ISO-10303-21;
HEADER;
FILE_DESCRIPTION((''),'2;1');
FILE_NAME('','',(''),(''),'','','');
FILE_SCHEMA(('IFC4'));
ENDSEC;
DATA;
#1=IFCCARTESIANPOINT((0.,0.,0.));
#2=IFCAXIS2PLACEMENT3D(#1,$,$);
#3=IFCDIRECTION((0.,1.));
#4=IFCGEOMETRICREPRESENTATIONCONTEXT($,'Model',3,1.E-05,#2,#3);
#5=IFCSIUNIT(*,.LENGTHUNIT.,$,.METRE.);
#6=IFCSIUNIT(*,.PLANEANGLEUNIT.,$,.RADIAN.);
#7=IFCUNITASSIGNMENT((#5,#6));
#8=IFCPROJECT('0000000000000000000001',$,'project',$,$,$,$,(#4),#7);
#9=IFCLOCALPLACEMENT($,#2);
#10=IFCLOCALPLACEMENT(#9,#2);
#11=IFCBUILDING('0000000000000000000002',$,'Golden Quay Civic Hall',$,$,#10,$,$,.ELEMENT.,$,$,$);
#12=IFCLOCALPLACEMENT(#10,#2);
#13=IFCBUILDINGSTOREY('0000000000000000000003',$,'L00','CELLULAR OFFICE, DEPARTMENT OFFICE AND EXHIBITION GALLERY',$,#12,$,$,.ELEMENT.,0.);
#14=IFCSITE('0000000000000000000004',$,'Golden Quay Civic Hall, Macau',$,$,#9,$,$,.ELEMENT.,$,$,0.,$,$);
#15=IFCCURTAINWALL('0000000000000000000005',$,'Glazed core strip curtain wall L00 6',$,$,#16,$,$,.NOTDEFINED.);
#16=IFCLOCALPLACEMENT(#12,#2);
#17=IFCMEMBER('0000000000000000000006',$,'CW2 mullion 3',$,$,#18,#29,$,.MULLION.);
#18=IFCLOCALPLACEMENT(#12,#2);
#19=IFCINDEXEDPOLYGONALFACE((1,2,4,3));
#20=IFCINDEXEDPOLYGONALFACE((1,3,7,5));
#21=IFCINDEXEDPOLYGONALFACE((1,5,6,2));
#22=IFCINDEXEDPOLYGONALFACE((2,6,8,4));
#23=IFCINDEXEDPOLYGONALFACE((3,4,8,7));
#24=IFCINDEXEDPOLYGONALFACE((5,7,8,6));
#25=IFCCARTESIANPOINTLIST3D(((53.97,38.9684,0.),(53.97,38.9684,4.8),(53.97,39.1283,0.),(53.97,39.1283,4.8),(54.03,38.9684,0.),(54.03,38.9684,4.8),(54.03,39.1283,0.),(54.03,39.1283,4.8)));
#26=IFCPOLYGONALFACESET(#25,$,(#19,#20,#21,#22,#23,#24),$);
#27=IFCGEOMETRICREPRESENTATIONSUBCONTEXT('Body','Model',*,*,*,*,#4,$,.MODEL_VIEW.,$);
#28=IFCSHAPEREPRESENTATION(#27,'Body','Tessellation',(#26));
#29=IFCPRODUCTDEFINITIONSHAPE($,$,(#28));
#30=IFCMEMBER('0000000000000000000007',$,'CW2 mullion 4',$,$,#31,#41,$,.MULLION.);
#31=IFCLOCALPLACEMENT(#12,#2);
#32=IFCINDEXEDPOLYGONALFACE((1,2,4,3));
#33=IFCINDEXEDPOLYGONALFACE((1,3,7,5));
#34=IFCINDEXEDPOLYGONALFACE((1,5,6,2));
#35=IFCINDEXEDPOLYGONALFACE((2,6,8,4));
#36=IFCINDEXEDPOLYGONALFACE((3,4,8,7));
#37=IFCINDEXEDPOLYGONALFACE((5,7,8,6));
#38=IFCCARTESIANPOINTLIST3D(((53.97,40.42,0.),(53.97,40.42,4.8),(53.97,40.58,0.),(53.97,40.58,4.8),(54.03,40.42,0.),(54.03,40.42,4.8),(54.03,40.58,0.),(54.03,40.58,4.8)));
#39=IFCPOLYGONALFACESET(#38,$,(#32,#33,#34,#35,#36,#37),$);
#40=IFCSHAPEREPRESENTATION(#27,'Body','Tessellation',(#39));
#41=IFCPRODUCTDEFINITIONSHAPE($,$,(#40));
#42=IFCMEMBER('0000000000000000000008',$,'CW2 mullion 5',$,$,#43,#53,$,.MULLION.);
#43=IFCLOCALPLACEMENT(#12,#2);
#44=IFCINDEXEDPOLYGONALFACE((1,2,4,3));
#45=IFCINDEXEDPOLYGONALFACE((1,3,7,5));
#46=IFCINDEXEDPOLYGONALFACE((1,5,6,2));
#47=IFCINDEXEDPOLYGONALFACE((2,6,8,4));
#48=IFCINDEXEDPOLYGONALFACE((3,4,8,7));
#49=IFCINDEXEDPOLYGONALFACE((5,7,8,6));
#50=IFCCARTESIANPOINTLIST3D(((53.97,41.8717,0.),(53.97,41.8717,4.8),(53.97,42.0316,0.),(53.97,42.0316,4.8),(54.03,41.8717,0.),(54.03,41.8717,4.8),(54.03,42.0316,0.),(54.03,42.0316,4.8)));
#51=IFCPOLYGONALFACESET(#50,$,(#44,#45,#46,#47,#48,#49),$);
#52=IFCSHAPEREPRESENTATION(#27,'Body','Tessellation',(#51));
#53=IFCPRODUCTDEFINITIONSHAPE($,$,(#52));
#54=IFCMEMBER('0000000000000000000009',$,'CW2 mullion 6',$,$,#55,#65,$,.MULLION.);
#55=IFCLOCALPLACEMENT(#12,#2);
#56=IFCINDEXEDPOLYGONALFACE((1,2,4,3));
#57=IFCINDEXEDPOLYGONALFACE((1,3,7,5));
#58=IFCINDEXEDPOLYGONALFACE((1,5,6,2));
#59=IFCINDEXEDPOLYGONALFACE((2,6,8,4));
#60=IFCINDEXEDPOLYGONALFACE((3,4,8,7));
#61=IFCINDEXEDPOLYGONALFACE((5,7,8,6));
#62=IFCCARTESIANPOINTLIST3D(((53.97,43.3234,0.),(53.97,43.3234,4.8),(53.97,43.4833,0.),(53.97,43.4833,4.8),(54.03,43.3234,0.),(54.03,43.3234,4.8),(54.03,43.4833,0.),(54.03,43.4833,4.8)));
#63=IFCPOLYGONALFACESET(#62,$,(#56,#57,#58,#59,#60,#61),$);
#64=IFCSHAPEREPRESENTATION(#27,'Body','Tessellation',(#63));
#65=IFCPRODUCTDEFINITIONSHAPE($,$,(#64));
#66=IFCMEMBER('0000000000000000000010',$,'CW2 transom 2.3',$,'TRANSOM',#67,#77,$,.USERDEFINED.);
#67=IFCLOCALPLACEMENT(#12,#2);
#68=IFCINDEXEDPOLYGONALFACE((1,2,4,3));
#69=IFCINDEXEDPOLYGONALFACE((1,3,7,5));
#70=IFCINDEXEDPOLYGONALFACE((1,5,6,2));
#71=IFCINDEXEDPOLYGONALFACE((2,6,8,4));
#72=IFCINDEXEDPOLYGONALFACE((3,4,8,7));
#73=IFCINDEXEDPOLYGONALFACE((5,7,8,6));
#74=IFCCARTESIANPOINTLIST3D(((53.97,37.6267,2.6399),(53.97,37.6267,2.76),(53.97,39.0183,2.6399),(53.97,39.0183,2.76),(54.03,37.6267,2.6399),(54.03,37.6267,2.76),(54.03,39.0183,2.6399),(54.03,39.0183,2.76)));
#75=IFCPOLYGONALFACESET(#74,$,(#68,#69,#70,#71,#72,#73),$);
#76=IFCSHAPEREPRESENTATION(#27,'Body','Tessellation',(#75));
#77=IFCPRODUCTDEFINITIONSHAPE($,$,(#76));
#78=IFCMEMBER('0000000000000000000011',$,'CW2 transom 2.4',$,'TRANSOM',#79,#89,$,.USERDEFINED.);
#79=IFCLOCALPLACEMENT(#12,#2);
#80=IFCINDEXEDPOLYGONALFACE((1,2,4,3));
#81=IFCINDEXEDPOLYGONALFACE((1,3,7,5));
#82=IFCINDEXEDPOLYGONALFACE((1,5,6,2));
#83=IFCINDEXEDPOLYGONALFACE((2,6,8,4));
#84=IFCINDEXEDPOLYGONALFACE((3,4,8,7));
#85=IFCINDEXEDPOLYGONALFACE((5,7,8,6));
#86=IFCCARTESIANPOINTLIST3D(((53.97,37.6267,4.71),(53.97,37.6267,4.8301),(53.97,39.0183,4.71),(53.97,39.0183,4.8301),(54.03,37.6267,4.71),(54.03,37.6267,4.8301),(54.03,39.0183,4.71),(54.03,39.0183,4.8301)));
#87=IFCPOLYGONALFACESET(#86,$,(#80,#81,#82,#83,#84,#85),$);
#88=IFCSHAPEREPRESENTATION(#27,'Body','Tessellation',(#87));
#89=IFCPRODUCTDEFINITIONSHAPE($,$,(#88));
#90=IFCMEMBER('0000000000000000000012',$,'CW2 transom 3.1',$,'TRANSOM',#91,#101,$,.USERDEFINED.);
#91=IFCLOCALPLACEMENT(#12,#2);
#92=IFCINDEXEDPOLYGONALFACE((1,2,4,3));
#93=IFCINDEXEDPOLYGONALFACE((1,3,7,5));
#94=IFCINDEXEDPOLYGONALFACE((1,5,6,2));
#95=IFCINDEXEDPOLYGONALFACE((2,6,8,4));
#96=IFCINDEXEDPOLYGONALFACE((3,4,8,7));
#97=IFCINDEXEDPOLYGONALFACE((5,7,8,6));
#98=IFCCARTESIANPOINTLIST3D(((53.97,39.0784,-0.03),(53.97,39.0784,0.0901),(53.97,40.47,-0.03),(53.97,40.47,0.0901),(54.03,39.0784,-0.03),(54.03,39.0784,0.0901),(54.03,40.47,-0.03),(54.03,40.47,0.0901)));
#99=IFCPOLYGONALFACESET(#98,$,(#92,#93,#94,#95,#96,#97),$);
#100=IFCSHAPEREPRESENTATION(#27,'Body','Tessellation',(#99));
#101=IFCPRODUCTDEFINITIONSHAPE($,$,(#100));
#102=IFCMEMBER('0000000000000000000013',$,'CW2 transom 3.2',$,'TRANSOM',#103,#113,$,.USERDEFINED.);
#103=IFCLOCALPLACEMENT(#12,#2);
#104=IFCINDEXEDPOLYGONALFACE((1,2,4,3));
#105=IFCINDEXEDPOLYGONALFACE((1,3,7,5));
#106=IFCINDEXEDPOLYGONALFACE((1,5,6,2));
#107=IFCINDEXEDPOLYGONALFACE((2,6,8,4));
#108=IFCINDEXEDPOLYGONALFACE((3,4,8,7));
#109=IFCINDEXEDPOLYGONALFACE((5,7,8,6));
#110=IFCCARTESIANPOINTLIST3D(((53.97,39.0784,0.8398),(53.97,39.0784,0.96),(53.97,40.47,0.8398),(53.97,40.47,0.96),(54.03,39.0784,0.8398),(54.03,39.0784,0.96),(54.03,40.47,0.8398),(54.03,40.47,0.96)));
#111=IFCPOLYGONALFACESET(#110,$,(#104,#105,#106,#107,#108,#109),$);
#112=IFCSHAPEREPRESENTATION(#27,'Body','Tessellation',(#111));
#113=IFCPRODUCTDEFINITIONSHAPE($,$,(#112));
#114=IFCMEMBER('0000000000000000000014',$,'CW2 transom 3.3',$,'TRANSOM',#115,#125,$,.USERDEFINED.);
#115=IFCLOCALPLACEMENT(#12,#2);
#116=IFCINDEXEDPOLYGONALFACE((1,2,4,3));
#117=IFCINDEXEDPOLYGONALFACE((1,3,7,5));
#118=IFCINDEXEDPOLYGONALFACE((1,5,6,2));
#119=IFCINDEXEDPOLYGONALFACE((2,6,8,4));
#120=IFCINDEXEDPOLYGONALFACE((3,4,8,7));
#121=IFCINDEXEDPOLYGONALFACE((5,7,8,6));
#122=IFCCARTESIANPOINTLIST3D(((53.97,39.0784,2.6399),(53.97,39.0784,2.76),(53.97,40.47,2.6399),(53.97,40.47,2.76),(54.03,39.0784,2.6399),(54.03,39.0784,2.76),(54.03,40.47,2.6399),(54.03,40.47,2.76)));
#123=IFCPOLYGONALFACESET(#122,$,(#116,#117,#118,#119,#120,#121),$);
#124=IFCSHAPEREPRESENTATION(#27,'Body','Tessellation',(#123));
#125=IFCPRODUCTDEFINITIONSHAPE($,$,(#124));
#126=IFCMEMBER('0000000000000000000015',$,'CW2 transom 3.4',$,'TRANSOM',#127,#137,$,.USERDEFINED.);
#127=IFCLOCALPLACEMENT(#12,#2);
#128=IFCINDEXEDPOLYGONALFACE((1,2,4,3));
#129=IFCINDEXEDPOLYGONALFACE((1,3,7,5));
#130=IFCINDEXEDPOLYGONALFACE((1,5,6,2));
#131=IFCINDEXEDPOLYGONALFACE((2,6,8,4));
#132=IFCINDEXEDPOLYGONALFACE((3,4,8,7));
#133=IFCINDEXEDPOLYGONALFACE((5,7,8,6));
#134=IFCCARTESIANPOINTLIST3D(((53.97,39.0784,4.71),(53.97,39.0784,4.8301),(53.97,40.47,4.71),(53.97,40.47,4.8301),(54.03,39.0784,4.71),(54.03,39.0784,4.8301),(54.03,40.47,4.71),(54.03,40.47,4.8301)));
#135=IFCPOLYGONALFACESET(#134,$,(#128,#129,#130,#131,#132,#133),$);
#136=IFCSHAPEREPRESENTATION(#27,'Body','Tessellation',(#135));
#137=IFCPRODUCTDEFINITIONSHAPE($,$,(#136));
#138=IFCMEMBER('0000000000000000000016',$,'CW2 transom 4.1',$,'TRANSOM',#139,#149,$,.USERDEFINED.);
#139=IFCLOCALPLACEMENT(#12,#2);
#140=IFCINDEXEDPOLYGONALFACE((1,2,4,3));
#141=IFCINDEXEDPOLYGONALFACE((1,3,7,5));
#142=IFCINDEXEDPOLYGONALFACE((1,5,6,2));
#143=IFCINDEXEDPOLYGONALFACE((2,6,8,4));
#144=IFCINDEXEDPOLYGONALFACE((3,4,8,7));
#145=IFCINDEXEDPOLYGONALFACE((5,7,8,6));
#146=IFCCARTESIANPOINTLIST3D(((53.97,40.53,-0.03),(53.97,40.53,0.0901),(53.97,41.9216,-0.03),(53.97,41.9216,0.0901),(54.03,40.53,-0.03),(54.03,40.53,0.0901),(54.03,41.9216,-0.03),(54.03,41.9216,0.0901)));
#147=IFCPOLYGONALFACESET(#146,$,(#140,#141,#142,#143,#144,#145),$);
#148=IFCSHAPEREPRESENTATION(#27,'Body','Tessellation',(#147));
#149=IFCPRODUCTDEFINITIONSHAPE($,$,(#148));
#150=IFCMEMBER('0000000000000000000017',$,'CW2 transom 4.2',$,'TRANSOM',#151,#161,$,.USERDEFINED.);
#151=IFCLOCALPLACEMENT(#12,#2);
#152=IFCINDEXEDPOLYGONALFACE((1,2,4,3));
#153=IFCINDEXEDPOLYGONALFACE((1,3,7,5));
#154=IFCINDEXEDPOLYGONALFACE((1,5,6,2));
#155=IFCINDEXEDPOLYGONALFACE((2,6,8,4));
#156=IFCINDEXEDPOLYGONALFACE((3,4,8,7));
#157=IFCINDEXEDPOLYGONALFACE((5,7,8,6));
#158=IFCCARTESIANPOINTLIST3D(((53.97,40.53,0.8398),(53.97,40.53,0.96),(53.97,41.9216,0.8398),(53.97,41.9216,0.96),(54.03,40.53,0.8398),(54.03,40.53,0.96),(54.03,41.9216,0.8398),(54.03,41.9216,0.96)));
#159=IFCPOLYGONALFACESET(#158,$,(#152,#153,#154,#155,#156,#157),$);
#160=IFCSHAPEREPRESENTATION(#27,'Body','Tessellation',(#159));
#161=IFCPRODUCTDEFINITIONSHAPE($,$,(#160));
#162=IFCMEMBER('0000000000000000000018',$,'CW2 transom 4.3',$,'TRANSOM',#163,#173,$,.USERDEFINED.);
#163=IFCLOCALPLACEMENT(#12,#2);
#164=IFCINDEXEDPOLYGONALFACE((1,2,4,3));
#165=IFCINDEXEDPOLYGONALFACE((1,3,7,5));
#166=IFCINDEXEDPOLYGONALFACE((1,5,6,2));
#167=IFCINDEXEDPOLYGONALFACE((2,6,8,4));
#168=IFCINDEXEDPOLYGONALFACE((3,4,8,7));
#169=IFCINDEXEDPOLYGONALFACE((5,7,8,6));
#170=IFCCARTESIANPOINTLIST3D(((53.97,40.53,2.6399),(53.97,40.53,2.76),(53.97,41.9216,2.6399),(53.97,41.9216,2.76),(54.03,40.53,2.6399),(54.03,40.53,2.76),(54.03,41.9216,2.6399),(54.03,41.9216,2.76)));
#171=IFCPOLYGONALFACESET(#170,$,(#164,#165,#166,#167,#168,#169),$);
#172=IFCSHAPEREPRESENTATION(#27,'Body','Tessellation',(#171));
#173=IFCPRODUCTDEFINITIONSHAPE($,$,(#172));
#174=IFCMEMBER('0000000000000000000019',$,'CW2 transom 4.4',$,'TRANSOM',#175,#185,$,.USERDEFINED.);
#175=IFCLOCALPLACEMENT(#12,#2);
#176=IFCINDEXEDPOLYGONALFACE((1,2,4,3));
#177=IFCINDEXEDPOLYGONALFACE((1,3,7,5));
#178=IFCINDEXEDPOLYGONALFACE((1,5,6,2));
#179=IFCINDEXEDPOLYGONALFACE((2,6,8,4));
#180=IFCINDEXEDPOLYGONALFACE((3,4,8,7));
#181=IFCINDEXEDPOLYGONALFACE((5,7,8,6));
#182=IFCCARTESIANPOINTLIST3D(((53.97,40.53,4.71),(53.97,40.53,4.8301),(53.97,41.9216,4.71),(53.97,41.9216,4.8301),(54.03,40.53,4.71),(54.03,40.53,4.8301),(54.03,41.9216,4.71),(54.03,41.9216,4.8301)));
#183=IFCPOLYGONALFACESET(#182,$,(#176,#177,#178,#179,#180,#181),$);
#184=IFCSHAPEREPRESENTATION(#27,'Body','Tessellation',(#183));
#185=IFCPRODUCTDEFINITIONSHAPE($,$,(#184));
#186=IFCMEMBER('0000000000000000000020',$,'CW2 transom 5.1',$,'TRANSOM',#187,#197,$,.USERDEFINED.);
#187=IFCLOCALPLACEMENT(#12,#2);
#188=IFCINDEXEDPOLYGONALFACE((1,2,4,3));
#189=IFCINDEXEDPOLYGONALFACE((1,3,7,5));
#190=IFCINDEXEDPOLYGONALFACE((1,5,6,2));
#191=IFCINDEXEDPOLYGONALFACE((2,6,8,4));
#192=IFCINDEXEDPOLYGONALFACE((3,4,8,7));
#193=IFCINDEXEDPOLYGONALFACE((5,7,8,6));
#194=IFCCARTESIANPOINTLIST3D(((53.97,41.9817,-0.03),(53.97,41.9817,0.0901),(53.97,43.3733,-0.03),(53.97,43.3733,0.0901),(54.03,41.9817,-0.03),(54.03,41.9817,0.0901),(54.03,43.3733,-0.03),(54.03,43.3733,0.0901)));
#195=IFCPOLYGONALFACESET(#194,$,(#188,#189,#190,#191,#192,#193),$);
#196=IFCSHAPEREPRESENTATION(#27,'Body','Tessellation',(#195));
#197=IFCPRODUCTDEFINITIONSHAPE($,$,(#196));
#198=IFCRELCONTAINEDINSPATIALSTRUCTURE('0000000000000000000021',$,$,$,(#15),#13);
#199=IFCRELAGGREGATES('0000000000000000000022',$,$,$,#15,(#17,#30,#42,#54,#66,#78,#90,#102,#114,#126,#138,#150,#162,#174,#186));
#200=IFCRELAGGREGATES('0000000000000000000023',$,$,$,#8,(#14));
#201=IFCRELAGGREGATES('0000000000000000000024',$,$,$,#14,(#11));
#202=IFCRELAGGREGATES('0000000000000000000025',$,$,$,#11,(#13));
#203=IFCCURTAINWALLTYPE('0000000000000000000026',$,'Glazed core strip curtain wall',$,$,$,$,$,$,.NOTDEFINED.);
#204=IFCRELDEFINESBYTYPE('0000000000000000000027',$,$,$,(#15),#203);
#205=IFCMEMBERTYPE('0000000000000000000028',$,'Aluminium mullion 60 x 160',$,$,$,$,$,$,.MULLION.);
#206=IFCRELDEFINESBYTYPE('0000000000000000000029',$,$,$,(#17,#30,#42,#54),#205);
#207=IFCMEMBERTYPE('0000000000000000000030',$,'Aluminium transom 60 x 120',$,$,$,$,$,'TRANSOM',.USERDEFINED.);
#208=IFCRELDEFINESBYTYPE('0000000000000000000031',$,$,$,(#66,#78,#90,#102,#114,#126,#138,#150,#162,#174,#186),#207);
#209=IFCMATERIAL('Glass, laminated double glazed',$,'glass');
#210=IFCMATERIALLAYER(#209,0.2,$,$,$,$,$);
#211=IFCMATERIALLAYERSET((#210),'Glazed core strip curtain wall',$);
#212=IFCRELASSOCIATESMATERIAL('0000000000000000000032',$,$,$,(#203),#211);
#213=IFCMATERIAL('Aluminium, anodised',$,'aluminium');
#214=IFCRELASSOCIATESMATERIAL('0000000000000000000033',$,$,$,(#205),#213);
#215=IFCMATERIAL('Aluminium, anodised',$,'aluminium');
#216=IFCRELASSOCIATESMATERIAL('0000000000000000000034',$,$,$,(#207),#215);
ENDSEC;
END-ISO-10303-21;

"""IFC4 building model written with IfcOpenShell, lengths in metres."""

from ifc_helpers import new_model, si_unit, direction, frame, origin, origin_2d, place, context, subcontext, project, spatial, rectangle, extrude, material, layer, layer_set, material_profile, profile_set, type_object, element, aggregate, save


model = new_model("IFC4")

# Units and contexts
model_context = context("Model", 3, precision=1e-05, world=origin(), true_north=direction((0.0, 1.0)))
body_context = subcontext(model_context, "Body", "Model", "MODEL_VIEW")
ifc_project = project(units=[si_unit("LENGTHUNIT", "METRE"), si_unit("PLANEANGLEUNIT", "RADIAN")], contexts=[model_context])

# Site, building, storey
site_placement = place(None, origin())
site = spatial("IfcSite", under=ifc_project, at=site_placement, Name="Golden Quay Civic Hall, Macau", CompositionType="ELEMENT", RefElevation=0.0)
building_placement = place(site_placement, origin())
building = spatial("IfcBuilding", under=site, at=building_placement, Name="Golden Quay Civic Hall", CompositionType="ELEMENT")
storey_placement = place(building_placement, origin())
storey = spatial("IfcBuildingStorey", under=building, at=storey_placement, Name="L00", Description="CELLULAR OFFICE, DEPARTMENT OFFICE AND EXHIBITION GALLERY", CompositionType="ELEMENT", Elevation=0.0)

# Curtain wall, members
ifc_material_1 = material(Name="Glass, laminated double glazed", Category="glass")
ifc_layer_1 = layer(ifc_material_1, 0.2)
ifc_layer_set_1 = layer_set([ifc_layer_1], Name="Glazed core strip curtain wall")
curtain_wall_type = type_object("IfcCurtainWallType", Name="Glazed core strip curtain wall", PredefinedType="NOTDEFINED", material=ifc_layer_set_1)
curtain_wall_placement = place(storey_placement, origin())
curtain_wall = element("IfcCurtainWall", 1, at=curtain_wall_placement, inside=storey, type_object=curtain_wall_type, Name="Glazed core strip curtain wall L00 6", PredefinedType="NOTDEFINED")
ifc_material_2 = material(Name="Aluminium, anodised", Category="aluminium")
ifc_material_profile_1 = material_profile(ifc_material_2, rectangle(XDim=0.0601, YDim=0.1599, at=origin_2d()), Name="Aluminium 60 x 160")
ifc_profile_set_1 = profile_set([ifc_material_profile_1], Name="Aluminium, anodised")
member_type_1 = type_object("IfcMemberType", Name="Aluminium mullion 60 x 160", PredefinedType="MULLION", material=ifc_profile_set_1)
member_1_placement = place(storey_placement, frame((54.0, 39.0483, 0.0), z_axis=(0.0, 0.0, 1.0), x_axis=(-1.0, 0.0, 0.0)))
member_1 = element("IfcMember", 2, at=member_1_placement, type_object=member_type_1, Name="CW2 mullion 3", PredefinedType="MULLION", context=body_context, shape_type="SweptSolid", body=[
    extrude(rectangle(XDim=0.0601, YDim=0.1599, at=origin_2d()), origin(), (0.0, 0.0, 1.0), 4.8),
])
member_2_placement = place(storey_placement, frame((54.0, 40.5, 0.0), z_axis=(0.0, 0.0, 1.0), x_axis=(-1.0, 0.0, 0.0)))
member_2 = element("IfcMember", 3, at=member_2_placement, type_object=member_type_1, Name="CW2 mullion 4", PredefinedType="MULLION", context=body_context, shape_type="SweptSolid", body=[
    extrude(rectangle(XDim=0.0601, YDim=0.1599, at=origin_2d()), origin(), (0.0, 0.0, 1.0), 4.8),
])
member_3_placement = place(storey_placement, frame((54.0, 41.9517, 0.0), z_axis=(0.0, 0.0, 1.0), x_axis=(-1.0, 0.0, 0.0)))
member_3 = element("IfcMember", 4, at=member_3_placement, type_object=member_type_1, Name="CW2 mullion 5", PredefinedType="MULLION", context=body_context, shape_type="SweptSolid", body=[
    extrude(rectangle(XDim=0.0601, YDim=0.1599, at=origin_2d()), origin(), (0.0, 0.0, 1.0), 4.8),
])
member_4_placement = place(storey_placement, frame((54.0, 43.4033, 0.0), z_axis=(0.0, 0.0, 1.0), x_axis=(-1.0, 0.0, 0.0)))
member_4 = element("IfcMember", 5, at=member_4_placement, type_object=member_type_1, Name="CW2 mullion 6", PredefinedType="MULLION", context=body_context, shape_type="SweptSolid", body=[
    extrude(rectangle(XDim=0.0601, YDim=0.1599, at=origin_2d()), origin(), (0.0, 0.0, 1.0), 4.8),
])
ifc_material_3 = material(Name="Aluminium, anodised", Category="aluminium")
ifc_material_profile_2 = material_profile(ifc_material_3, rectangle(XDim=0.0601, YDim=0.1201, at=origin_2d()), Name="Aluminium 60 x 120")
ifc_profile_set_2 = profile_set([ifc_material_profile_2], Name="Aluminium, anodised")
member_type_2 = type_object("IfcMemberType", Name="Aluminium transom 60 x 120", ElementType="TRANSOM", PredefinedType="USERDEFINED", material=ifc_profile_set_2)
member_5_placement = place(storey_placement, frame((54.0, 37.6267, 2.7), z_axis=(0.0, 1.0, 0.0), x_axis=(-1.0, 0.0, 0.0)))
member_5 = element("IfcMember", 6, at=member_5_placement, type_object=member_type_2, Name="CW2 transom 2.3", ObjectType="TRANSOM", PredefinedType="USERDEFINED", context=body_context, shape_type="SweptSolid", body=[
    extrude(rectangle(XDim=0.0601, YDim=0.1201, at=origin_2d()), origin(), (0.0, 0.0, 1.0), 1.3916),
])
member_6_placement = place(storey_placement, frame((54.0, 37.6267, 4.77), z_axis=(0.0, 1.0, 0.0), x_axis=(-1.0, 0.0, 0.0)))
member_6 = element("IfcMember", 7, at=member_6_placement, type_object=member_type_2, Name="CW2 transom 2.4", ObjectType="TRANSOM", PredefinedType="USERDEFINED", context=body_context, shape_type="SweptSolid", body=[
    extrude(rectangle(XDim=0.0601, YDim=0.1201, at=origin_2d()), origin(), (0.0, 0.0, 1.0), 1.3916),
])
member_7_placement = place(storey_placement, frame((54.0, 39.0784, 0.03), z_axis=(0.0, 1.0, 0.0), x_axis=(-1.0, 0.0, 0.0)))
member_7 = element("IfcMember", 8, at=member_7_placement, type_object=member_type_2, Name="CW2 transom 3.1", ObjectType="TRANSOM", PredefinedType="USERDEFINED", context=body_context, shape_type="SweptSolid", body=[
    extrude(rectangle(XDim=0.0601, YDim=0.1201, at=origin_2d()), origin(), (0.0, 0.0, 1.0), 1.3916),
])
member_8_placement = place(storey_placement, frame((54.0, 39.0784, 0.8999), z_axis=(0.0, 1.0, 0.0), x_axis=(-1.0, 0.0, 0.0)))
member_8 = element("IfcMember", 9, at=member_8_placement, type_object=member_type_2, Name="CW2 transom 3.2", ObjectType="TRANSOM", PredefinedType="USERDEFINED", context=body_context, shape_type="SweptSolid", body=[
    extrude(rectangle(XDim=0.0601, YDim=0.1201, at=origin_2d()), origin(), (0.0, 0.0, 1.0), 1.3916),
])
member_9_placement = place(storey_placement, frame((54.0, 39.0784, 2.7), z_axis=(0.0, 1.0, 0.0), x_axis=(-1.0, 0.0, 0.0)))
member_9 = element("IfcMember", 10, at=member_9_placement, type_object=member_type_2, Name="CW2 transom 3.3", ObjectType="TRANSOM", PredefinedType="USERDEFINED", context=body_context, shape_type="SweptSolid", body=[
    extrude(rectangle(XDim=0.0601, YDim=0.1201, at=origin_2d()), origin(), (0.0, 0.0, 1.0), 1.3916),
])
member_10_placement = place(storey_placement, frame((54.0, 39.0784, 4.77), z_axis=(0.0, 1.0, 0.0), x_axis=(-1.0, 0.0, 0.0)))
member_10 = element("IfcMember", 11, at=member_10_placement, type_object=member_type_2, Name="CW2 transom 3.4", ObjectType="TRANSOM", PredefinedType="USERDEFINED", context=body_context, shape_type="SweptSolid", body=[
    extrude(rectangle(XDim=0.0601, YDim=0.1201, at=origin_2d()), origin(), (0.0, 0.0, 1.0), 1.3916),
])
member_11_placement = place(storey_placement, frame((54.0, 40.53, 0.03), z_axis=(0.0, 1.0, 0.0), x_axis=(-1.0, 0.0, 0.0)))
member_11 = element("IfcMember", 12, at=member_11_placement, type_object=member_type_2, Name="CW2 transom 4.1", ObjectType="TRANSOM", PredefinedType="USERDEFINED", context=body_context, shape_type="SweptSolid", body=[
    extrude(rectangle(XDim=0.0601, YDim=0.1201, at=origin_2d()), origin(), (0.0, 0.0, 1.0), 1.3916),
])
member_12_placement = place(storey_placement, frame((54.0, 40.53, 0.8999), z_axis=(0.0, 1.0, 0.0), x_axis=(-1.0, 0.0, 0.0)))
member_12 = element("IfcMember", 13, at=member_12_placement, type_object=member_type_2, Name="CW2 transom 4.2", ObjectType="TRANSOM", PredefinedType="USERDEFINED", context=body_context, shape_type="SweptSolid", body=[
    extrude(rectangle(XDim=0.0601, YDim=0.1201, at=origin_2d()), origin(), (0.0, 0.0, 1.0), 1.3916),
])
member_13_placement = place(storey_placement, frame((54.0, 40.53, 2.7), z_axis=(0.0, 1.0, 0.0), x_axis=(-1.0, 0.0, 0.0)))
member_13 = element("IfcMember", 14, at=member_13_placement, type_object=member_type_2, Name="CW2 transom 4.3", ObjectType="TRANSOM", PredefinedType="USERDEFINED", context=body_context, shape_type="SweptSolid", body=[
    extrude(rectangle(XDim=0.0601, YDim=0.1201, at=origin_2d()), origin(), (0.0, 0.0, 1.0), 1.3916),
])
member_14_placement = place(storey_placement, frame((54.0, 40.53, 4.77), z_axis=(0.0, 1.0, 0.0), x_axis=(-1.0, 0.0, 0.0)))
member_14 = element("IfcMember", 15, at=member_14_placement, type_object=member_type_2, Name="CW2 transom 4.4", ObjectType="TRANSOM", PredefinedType="USERDEFINED", context=body_context, shape_type="SweptSolid", body=[
    extrude(rectangle(XDim=0.0601, YDim=0.1201, at=origin_2d()), origin(), (0.0, 0.0, 1.0), 1.3916),
])
member_15_placement = place(storey_placement, frame((54.0, 41.9817, 0.03), z_axis=(0.0, 1.0, 0.0), x_axis=(-1.0, 0.0, 0.0)))
member_15 = element("IfcMember", 16, at=member_15_placement, type_object=member_type_2, Name="CW2 transom 5.1", ObjectType="TRANSOM", PredefinedType="USERDEFINED", context=body_context, shape_type="SweptSolid", body=[
    extrude(rectangle(XDim=0.0601, YDim=0.1201, at=origin_2d()), origin(), (0.0, 0.0, 1.0), 1.3916),
])
aggregate(curtain_wall, [member_1, member_2, member_3, member_4, member_5, member_6, member_7, member_8, member_9, member_10, member_11, member_12, member_13, member_14, member_15])

save(model, "model.ifc")
